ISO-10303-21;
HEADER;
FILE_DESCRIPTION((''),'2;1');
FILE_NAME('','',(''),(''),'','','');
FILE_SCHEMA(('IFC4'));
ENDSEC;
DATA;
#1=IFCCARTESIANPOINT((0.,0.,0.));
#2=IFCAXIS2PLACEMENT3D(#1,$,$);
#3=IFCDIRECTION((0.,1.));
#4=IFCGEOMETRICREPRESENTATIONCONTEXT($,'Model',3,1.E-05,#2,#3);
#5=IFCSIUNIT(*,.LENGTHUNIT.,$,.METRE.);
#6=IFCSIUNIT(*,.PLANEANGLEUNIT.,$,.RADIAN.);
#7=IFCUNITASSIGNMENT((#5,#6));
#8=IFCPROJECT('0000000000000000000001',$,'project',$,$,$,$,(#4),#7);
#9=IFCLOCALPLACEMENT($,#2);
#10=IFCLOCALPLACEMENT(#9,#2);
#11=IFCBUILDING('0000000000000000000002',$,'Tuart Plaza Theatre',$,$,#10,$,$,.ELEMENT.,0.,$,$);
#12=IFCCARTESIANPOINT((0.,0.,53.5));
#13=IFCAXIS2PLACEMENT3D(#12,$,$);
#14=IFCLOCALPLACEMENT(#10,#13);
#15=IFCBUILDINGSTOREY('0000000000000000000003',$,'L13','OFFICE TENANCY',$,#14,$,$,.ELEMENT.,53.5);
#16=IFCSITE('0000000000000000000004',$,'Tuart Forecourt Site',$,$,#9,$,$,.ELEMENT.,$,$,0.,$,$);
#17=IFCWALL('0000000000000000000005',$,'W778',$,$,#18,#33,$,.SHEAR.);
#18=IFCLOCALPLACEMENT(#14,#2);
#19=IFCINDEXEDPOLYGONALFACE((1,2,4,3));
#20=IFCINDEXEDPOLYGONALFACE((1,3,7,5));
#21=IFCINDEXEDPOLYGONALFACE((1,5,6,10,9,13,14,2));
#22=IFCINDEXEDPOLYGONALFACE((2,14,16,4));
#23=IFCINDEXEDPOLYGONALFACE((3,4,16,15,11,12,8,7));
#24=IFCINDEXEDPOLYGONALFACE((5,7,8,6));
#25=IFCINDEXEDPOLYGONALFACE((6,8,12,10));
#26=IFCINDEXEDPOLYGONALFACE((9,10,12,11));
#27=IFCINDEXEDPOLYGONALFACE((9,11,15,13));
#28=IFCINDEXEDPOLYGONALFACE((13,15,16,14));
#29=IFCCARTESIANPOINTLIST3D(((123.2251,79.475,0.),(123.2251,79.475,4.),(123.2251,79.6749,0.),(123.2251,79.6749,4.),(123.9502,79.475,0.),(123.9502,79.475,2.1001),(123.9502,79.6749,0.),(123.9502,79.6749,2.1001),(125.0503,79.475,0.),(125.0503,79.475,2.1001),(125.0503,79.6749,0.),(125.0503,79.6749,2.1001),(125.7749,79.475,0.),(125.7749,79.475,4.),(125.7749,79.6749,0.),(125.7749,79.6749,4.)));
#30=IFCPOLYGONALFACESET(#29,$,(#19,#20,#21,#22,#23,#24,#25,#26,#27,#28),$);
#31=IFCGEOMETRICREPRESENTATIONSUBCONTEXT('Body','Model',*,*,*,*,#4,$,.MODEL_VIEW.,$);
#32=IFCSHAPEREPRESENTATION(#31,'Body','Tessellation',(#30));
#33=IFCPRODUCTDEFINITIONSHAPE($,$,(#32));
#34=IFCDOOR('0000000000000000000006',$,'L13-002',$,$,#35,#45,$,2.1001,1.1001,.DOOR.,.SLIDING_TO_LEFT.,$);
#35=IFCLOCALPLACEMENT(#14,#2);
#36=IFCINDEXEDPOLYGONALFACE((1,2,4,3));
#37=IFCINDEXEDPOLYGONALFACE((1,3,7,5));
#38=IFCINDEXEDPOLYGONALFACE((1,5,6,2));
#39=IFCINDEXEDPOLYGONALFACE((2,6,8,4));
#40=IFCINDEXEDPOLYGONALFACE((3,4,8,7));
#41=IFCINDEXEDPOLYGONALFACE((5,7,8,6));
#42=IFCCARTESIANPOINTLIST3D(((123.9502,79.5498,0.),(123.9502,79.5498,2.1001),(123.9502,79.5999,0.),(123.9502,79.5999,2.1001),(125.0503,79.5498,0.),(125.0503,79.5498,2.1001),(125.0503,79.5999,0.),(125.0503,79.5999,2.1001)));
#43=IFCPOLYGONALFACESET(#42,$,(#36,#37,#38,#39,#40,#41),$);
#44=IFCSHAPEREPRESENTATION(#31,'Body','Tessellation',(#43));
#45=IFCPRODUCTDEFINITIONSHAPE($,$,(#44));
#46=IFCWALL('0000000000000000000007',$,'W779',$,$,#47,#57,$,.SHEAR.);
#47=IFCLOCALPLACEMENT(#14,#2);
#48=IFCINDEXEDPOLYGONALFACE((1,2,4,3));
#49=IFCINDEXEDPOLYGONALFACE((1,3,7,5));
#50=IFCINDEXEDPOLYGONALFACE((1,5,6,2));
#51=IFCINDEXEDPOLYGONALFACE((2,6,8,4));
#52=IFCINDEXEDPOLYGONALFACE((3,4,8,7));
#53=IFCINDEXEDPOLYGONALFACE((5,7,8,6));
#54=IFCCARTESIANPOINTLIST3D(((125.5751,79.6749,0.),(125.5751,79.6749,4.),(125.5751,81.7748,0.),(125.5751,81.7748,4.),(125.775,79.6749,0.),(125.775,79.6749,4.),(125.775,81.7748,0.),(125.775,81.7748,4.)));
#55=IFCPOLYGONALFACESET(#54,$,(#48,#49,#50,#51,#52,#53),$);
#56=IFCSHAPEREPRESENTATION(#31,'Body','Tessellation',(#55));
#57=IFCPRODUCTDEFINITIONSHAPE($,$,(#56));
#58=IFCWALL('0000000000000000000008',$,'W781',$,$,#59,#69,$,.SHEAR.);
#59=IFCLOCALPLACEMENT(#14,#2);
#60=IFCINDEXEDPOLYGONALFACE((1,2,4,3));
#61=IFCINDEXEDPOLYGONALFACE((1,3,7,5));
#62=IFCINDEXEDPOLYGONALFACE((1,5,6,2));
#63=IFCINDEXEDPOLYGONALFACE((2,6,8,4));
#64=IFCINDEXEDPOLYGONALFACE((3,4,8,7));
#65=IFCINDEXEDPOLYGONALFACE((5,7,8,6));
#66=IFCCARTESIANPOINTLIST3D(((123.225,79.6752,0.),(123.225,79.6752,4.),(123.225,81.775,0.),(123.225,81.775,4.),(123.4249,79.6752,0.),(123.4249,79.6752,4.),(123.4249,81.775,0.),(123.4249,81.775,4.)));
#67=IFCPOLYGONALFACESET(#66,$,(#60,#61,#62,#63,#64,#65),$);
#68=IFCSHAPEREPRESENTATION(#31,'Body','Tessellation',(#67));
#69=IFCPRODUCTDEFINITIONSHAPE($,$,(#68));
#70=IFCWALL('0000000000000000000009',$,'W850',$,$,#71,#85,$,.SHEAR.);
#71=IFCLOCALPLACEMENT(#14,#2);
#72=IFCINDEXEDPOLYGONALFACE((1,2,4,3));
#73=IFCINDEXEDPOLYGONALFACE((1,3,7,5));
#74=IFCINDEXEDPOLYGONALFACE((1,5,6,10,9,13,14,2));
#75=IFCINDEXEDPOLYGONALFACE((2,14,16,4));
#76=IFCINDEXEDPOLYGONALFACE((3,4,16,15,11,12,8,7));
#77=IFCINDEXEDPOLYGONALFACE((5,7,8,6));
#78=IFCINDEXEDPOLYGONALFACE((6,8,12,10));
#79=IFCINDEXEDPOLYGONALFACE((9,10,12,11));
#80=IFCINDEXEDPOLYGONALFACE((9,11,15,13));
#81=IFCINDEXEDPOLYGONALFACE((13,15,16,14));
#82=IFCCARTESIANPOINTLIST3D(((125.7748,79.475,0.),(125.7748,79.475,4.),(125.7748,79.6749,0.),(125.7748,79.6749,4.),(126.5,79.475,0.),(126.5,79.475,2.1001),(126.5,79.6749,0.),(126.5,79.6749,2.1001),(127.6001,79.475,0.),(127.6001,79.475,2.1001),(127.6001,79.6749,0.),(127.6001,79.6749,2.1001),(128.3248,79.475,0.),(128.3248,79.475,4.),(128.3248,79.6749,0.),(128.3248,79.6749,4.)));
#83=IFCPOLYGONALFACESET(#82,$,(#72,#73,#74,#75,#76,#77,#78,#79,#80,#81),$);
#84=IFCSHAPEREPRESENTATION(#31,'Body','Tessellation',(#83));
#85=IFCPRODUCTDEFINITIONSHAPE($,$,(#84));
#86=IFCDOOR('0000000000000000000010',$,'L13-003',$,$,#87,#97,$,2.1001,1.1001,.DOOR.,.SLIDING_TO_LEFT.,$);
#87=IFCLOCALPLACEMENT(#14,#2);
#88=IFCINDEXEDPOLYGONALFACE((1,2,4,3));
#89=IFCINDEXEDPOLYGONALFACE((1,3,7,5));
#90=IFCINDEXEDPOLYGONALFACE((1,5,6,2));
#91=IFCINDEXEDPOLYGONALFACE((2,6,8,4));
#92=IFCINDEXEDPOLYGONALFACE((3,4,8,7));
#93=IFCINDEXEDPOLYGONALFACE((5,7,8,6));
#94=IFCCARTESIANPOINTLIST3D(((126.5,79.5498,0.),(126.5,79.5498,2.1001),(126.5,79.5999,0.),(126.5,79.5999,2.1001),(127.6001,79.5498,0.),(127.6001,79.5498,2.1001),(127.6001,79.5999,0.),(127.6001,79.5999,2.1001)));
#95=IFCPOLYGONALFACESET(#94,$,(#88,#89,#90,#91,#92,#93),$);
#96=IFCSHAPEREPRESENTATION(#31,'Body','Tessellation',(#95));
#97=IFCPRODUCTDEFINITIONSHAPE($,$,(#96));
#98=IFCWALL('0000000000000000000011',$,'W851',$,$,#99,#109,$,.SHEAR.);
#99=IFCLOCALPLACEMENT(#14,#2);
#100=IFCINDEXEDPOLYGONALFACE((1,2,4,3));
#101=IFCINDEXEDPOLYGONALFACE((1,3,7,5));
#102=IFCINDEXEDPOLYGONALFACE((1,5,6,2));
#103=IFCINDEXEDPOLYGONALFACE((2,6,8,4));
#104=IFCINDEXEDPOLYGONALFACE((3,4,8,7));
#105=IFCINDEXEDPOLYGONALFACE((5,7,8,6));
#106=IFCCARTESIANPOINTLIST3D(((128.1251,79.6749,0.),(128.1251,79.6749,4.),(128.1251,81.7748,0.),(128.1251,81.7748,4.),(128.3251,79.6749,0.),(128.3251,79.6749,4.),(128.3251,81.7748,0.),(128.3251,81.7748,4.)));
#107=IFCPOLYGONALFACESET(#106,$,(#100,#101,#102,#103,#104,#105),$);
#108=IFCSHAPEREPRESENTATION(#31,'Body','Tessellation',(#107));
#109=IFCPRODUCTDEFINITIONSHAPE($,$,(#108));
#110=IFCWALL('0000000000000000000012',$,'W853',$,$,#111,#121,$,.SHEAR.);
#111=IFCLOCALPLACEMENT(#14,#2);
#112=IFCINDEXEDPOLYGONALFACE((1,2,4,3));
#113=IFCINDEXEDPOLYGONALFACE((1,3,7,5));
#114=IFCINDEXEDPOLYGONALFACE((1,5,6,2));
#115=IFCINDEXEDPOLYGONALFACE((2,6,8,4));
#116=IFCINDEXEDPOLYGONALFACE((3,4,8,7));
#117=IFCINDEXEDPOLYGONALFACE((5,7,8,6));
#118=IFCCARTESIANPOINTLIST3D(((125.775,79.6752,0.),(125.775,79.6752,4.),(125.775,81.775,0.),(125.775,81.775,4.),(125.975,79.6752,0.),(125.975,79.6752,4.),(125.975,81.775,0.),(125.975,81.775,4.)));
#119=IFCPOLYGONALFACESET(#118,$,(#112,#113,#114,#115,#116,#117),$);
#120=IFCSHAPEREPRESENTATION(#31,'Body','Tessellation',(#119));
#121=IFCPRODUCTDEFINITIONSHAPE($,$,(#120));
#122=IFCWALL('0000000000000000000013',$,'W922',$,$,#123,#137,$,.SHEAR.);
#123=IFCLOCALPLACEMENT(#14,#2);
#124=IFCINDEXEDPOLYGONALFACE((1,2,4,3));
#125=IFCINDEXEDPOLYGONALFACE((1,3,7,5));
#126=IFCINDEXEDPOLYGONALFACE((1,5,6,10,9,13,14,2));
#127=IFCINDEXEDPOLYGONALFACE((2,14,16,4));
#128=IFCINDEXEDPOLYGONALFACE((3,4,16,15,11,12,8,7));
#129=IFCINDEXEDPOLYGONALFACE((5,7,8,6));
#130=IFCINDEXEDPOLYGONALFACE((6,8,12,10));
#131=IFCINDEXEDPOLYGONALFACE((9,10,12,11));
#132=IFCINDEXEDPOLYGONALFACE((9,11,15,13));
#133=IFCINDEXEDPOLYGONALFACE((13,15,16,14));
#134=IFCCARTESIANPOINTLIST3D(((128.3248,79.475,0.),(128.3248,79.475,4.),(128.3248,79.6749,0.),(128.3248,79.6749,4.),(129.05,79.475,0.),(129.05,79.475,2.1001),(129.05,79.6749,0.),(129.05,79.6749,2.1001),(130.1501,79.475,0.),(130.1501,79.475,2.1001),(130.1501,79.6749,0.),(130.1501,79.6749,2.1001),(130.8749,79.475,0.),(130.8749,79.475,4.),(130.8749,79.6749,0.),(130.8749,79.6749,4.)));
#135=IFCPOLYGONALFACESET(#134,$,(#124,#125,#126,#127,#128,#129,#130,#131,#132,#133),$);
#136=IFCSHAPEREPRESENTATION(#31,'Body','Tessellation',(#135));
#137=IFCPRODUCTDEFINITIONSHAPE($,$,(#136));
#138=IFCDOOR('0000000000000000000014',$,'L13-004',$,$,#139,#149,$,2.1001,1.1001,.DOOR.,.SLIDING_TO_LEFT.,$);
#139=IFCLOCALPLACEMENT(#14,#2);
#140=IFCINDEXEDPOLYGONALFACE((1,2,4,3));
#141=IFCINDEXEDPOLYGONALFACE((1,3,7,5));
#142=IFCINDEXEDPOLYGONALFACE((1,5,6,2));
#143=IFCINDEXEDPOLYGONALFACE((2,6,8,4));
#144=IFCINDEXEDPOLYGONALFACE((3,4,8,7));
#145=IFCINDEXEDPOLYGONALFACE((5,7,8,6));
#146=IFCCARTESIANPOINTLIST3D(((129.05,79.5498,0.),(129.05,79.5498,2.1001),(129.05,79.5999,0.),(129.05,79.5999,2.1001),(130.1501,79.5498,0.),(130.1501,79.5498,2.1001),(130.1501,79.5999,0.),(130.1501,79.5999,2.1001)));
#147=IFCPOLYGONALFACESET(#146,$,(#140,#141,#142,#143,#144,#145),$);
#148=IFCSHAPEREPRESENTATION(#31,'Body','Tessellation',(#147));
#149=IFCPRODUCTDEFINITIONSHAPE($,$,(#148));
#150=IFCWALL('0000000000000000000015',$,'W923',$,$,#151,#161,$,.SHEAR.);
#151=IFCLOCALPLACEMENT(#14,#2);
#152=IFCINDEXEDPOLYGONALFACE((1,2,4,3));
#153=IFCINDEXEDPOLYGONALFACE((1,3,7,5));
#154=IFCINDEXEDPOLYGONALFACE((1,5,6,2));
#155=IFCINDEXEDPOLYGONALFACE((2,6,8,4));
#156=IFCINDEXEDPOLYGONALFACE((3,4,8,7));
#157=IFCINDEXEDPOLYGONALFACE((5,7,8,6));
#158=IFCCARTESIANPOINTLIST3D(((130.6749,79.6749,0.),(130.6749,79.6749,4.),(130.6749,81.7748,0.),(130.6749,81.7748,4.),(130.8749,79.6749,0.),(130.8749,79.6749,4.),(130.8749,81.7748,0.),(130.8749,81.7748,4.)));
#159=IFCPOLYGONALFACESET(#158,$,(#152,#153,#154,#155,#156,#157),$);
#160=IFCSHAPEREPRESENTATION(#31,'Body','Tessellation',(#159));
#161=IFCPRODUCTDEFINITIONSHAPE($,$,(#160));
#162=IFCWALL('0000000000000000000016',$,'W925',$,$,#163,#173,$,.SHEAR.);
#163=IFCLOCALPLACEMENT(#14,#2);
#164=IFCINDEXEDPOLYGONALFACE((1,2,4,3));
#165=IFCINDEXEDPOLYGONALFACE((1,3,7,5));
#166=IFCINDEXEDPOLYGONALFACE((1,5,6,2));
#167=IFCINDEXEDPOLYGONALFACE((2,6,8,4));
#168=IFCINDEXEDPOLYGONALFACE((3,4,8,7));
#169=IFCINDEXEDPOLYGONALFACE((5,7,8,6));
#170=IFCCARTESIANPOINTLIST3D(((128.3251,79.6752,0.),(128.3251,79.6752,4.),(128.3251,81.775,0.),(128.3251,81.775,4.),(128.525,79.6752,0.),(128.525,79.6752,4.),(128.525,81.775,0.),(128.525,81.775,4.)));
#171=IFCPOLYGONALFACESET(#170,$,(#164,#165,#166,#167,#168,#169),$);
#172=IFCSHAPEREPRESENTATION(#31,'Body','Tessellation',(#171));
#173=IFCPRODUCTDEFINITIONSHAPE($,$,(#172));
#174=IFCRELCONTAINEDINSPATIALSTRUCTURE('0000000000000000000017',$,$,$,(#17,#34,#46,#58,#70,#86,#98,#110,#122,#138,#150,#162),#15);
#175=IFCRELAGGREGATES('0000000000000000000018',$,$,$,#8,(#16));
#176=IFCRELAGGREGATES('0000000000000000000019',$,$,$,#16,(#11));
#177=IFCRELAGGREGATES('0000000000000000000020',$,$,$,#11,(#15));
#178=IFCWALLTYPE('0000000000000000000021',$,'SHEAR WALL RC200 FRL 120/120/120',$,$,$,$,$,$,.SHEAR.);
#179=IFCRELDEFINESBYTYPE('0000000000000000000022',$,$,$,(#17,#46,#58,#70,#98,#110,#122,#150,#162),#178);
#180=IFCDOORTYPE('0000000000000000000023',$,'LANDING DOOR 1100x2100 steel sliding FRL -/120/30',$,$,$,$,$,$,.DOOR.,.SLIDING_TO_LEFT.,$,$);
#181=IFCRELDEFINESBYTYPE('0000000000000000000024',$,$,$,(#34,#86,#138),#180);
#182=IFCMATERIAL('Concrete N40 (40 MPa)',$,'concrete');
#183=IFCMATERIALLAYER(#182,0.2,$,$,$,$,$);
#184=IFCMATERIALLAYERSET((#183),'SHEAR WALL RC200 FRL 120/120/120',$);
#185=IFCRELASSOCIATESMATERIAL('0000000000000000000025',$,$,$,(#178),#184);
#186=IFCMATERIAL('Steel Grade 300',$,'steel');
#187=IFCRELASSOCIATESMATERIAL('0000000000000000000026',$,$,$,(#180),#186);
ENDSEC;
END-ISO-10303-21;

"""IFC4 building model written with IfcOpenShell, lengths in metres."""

from ifc_helpers import new_model, si_unit, direction, frame, frame_2d, origin, place, context, subcontext, project, spatial, rectangle, extrude, material, layer, layer_set, type_object, element, fill, save


model = new_model("IFC4")

# Units and contexts
model_context = context("Model", 3, precision=1e-05, world=origin(), true_north=direction((0.0, 1.0)))
body_context = subcontext(model_context, "Body", "Model", "MODEL_VIEW")
ifc_project = project(units=[si_unit("LENGTHUNIT", "METRE"), si_unit("PLANEANGLEUNIT", "RADIAN")], contexts=[model_context])

# Site, building, storey
site_placement = place(None, origin())
site = spatial("IfcSite", under=ifc_project, at=site_placement, Name="Tuart Forecourt Site", CompositionType="ELEMENT", RefElevation=0.0)
building_placement = place(site_placement, origin())
building = spatial("IfcBuilding", under=site, at=building_placement, Name="Tuart Plaza Theatre", CompositionType="ELEMENT", ElevationOfRefHeight=0.0)
storey_placement = place(building_placement, frame((0.0, 0.0, 53.5)))
storey = spatial("IfcBuildingStorey", under=building, at=storey_placement, Name="L13", Description="OFFICE TENANCY", CompositionType="ELEMENT", Elevation=53.5)

# Wall, opening, door
ifc_material_1 = material(Name="Concrete N40 (40 MPa)", Category="concrete")
ifc_layer_1 = layer(ifc_material_1, 0.2)
ifc_layer_set_1 = layer_set([ifc_layer_1], Name="SHEAR WALL RC200 FRL 120/120/120")
wall_type_1 = type_object("IfcWallType", Name="SHEAR WALL RC200 FRL 120/120/120", PredefinedType="SHEAR", material=ifc_layer_set_1)
wall_1_placement = place(storey_placement, frame((123.2251, 79.575, 0.0), z_axis=(0.0, 0.0, 1.0), x_axis=(1.0, 0.0, 0.0)))
wall_1 = element("IfcWall", 1, at=wall_1_placement, inside=storey, type_object=wall_type_1, Name="W778", PredefinedType="SHEAR", context=body_context, shape_type="SweptSolid", body=[
    extrude(rectangle(XDim=2.5498, YDim=0.2, at=frame_2d((1.2749, 0.0))), origin(), (0.0, 0.0, 1.0), 4.0),
])
opening_1_placement = place(wall_1_placement, frame((0.7251, 0.0, 0.0)))
opening_1 = element("IfcOpeningElement", 2, at=opening_1_placement, cuts=wall_1, PredefinedType="OPENING", context=body_context, shape_type="SweptSolid", body=[
    extrude(rectangle(XDim=1.1001, YDim=2.1001, at=frame_2d((0.55, 1.05))), frame((0.0, 0.1099, 0.0), z_axis=(0.0, -1.0, 0.0), x_axis=(1.0, 0.0, 0.0)), (0.0, 0.0, 1.0), 0.22),
])
ifc_material_2 = material(Name="Steel Grade 300", Category="steel")
door_type_1 = type_object("IfcDoorType", Name="LANDING DOOR 1100x2100 steel sliding FRL -/120/30", OperationType="SLIDING_TO_LEFT", PredefinedType="DOOR", material=ifc_material_2)
door_1_placement = place(opening_1_placement, origin())
door_1 = element("IfcDoor", 3, at=door_1_placement, inside=storey, type_object=door_type_1, Name="L13-002", OperationType="SLIDING_TO_LEFT", OverallHeight=2.1001, OverallWidth=1.1001, PredefinedType="DOOR", context=body_context, shape_type="SweptSolid", body=[
    extrude(rectangle(XDim=1.1001, YDim=2.1001, at=frame_2d((0.55, 1.05))), frame((0.0, 0.0249, 0.0), z_axis=(0.0, -1.0, 0.0), x_axis=(1.0, 0.0, 0.0)), (0.0, 0.0, 1.0), 0.05),
])
fill(opening_1, door_1)

# Walls
for number, where, z_axis, x_axis, name in (
    (4, (125.675, 79.675, 0.0), (0.0, 0.0, 1.0), (0.0, 1.0, 0.0), "W779"),
    (5, (123.325, 81.7749, 0.0), (0.0, 0.0, 1.0), (0.0, -1.0, 0.0), "W781"),
):
    element("IfcWall", number, at=place(storey_placement, frame(where, z_axis=z_axis, x_axis=x_axis)), inside=storey, type_object=wall_type_1, Name=name, PredefinedType="SHEAR", context=body_context, shape_type="SweptSolid", body=[
        extrude(rectangle(XDim=2.0999, YDim=0.2, at=frame_2d((1.0498, 0.0))), origin(), (0.0, 0.0, 1.0), 4.0),
    ])

# Wall, opening, door
wall_2_placement = place(storey_placement, frame((125.7749, 79.575, 0.0), z_axis=(0.0, 0.0, 1.0), x_axis=(1.0, 0.0, 0.0)))
wall_2 = element("IfcWall", 6, at=wall_2_placement, inside=storey, type_object=wall_type_1, Name="W850", PredefinedType="SHEAR", context=body_context, shape_type="SweptSolid", body=[
    extrude(rectangle(XDim=2.55, YDim=0.2, at=frame_2d((1.2749, 0.0))), origin(), (0.0, 0.0, 1.0), 4.0),
])
opening_2_placement = place(wall_2_placement, frame((0.7251, 0.0, 0.0)))
opening_2 = element("IfcOpeningElement", 7, at=opening_2_placement, cuts=wall_2, PredefinedType="OPENING", context=body_context, shape_type="SweptSolid", body=[
    extrude(rectangle(XDim=1.1001, YDim=2.1001, at=frame_2d((0.55, 1.05))), frame((0.0, 0.1099, 0.0), z_axis=(0.0, -1.0, 0.0), x_axis=(1.0, 0.0, 0.0)), (0.0, 0.0, 1.0), 0.22),
])
door_2_placement = place(opening_2_placement, origin())
door_2 = element("IfcDoor", 8, at=door_2_placement, inside=storey, type_object=door_type_1, Name="L13-003", OperationType="SLIDING_TO_LEFT", OverallHeight=2.1001, OverallWidth=1.1001, PredefinedType="DOOR", context=body_context, shape_type="SweptSolid", body=[
    extrude(rectangle(XDim=1.1001, YDim=2.1001, at=frame_2d((0.55, 1.05))), frame((0.0, 0.0249, 0.0), z_axis=(0.0, -1.0, 0.0), x_axis=(1.0, 0.0, 0.0)), (0.0, 0.0, 1.0), 0.05),
])
fill(opening_2, door_2)

# Walls
for number, where, z_axis, x_axis, name in (
    (9, (128.2251, 79.675, 0.0), (0.0, 0.0, 1.0), (0.0, 1.0, 0.0), "W851"),
    (10, (125.875, 81.7749, 0.0), (0.0, 0.0, 1.0), (0.0, -1.0, 0.0), "W853"),
):
    element("IfcWall", number, at=place(storey_placement, frame(where, z_axis=z_axis, x_axis=x_axis)), inside=storey, type_object=wall_type_1, Name=name, PredefinedType="SHEAR", context=body_context, shape_type="SweptSolid", body=[
        extrude(rectangle(XDim=2.0999, YDim=0.2, at=frame_2d((1.0498, 0.0))), origin(), (0.0, 0.0, 1.0), 4.0),
    ])

# Wall, opening, door
wall_3_placement = place(storey_placement, frame((128.325, 79.575, 0.0), z_axis=(0.0, 0.0, 1.0), x_axis=(1.0, 0.0, 0.0)))
wall_3 = element("IfcWall", 11, at=wall_3_placement, inside=storey, type_object=wall_type_1, Name="W922", PredefinedType="SHEAR", context=body_context, shape_type="SweptSolid", body=[
    extrude(rectangle(XDim=2.55, YDim=0.2, at=frame_2d((1.2749, 0.0))), origin(), (0.0, 0.0, 1.0), 4.0),
])
opening_3_placement = place(wall_3_placement, frame((0.7251, 0.0, 0.0)))
opening_3 = element("IfcOpeningElement", 12, at=opening_3_placement, cuts=wall_3, PredefinedType="OPENING", context=body_context, shape_type="SweptSolid", body=[
    extrude(rectangle(XDim=1.1001, YDim=2.1001, at=frame_2d((0.55, 1.05))), frame((0.0, 0.1099, 0.0), z_axis=(0.0, -1.0, 0.0), x_axis=(1.0, 0.0, 0.0)), (0.0, 0.0, 1.0), 0.22),
])
door_3_placement = place(opening_3_placement, origin())
door_3 = element("IfcDoor", 13, at=door_3_placement, inside=storey, type_object=door_type_1, Name="L13-004", OperationType="SLIDING_TO_LEFT", OverallHeight=2.1001, OverallWidth=1.1001, PredefinedType="DOOR", context=body_context, shape_type="SweptSolid", body=[
    extrude(rectangle(XDim=1.1001, YDim=2.1001, at=frame_2d((0.55, 1.05))), frame((0.0, 0.0249, 0.0), z_axis=(0.0, -1.0, 0.0), x_axis=(1.0, 0.0, 0.0)), (0.0, 0.0, 1.0), 0.05),
])
fill(opening_3, door_3)

# Walls
for number, where, z_axis, x_axis, name in (
    (14, (130.7749, 79.675, 0.0), (0.0, 0.0, 1.0), (0.0, 1.0, 0.0), "W923"),
    (15, (128.425, 81.7749, 0.0), (0.0, 0.0, 1.0), (0.0, -1.0, 0.0), "W925"),
):
    element("IfcWall", number, at=place(storey_placement, frame(where, z_axis=z_axis, x_axis=x_axis)), inside=storey, type_object=wall_type_1, Name=name, PredefinedType="SHEAR", context=body_context, shape_type="SweptSolid", body=[
        extrude(rectangle(XDim=2.0999, YDim=0.2, at=frame_2d((1.0498, 0.0))), origin(), (0.0, 0.0, 1.0), 4.0),
    ])

save(model, "model.ifc")
